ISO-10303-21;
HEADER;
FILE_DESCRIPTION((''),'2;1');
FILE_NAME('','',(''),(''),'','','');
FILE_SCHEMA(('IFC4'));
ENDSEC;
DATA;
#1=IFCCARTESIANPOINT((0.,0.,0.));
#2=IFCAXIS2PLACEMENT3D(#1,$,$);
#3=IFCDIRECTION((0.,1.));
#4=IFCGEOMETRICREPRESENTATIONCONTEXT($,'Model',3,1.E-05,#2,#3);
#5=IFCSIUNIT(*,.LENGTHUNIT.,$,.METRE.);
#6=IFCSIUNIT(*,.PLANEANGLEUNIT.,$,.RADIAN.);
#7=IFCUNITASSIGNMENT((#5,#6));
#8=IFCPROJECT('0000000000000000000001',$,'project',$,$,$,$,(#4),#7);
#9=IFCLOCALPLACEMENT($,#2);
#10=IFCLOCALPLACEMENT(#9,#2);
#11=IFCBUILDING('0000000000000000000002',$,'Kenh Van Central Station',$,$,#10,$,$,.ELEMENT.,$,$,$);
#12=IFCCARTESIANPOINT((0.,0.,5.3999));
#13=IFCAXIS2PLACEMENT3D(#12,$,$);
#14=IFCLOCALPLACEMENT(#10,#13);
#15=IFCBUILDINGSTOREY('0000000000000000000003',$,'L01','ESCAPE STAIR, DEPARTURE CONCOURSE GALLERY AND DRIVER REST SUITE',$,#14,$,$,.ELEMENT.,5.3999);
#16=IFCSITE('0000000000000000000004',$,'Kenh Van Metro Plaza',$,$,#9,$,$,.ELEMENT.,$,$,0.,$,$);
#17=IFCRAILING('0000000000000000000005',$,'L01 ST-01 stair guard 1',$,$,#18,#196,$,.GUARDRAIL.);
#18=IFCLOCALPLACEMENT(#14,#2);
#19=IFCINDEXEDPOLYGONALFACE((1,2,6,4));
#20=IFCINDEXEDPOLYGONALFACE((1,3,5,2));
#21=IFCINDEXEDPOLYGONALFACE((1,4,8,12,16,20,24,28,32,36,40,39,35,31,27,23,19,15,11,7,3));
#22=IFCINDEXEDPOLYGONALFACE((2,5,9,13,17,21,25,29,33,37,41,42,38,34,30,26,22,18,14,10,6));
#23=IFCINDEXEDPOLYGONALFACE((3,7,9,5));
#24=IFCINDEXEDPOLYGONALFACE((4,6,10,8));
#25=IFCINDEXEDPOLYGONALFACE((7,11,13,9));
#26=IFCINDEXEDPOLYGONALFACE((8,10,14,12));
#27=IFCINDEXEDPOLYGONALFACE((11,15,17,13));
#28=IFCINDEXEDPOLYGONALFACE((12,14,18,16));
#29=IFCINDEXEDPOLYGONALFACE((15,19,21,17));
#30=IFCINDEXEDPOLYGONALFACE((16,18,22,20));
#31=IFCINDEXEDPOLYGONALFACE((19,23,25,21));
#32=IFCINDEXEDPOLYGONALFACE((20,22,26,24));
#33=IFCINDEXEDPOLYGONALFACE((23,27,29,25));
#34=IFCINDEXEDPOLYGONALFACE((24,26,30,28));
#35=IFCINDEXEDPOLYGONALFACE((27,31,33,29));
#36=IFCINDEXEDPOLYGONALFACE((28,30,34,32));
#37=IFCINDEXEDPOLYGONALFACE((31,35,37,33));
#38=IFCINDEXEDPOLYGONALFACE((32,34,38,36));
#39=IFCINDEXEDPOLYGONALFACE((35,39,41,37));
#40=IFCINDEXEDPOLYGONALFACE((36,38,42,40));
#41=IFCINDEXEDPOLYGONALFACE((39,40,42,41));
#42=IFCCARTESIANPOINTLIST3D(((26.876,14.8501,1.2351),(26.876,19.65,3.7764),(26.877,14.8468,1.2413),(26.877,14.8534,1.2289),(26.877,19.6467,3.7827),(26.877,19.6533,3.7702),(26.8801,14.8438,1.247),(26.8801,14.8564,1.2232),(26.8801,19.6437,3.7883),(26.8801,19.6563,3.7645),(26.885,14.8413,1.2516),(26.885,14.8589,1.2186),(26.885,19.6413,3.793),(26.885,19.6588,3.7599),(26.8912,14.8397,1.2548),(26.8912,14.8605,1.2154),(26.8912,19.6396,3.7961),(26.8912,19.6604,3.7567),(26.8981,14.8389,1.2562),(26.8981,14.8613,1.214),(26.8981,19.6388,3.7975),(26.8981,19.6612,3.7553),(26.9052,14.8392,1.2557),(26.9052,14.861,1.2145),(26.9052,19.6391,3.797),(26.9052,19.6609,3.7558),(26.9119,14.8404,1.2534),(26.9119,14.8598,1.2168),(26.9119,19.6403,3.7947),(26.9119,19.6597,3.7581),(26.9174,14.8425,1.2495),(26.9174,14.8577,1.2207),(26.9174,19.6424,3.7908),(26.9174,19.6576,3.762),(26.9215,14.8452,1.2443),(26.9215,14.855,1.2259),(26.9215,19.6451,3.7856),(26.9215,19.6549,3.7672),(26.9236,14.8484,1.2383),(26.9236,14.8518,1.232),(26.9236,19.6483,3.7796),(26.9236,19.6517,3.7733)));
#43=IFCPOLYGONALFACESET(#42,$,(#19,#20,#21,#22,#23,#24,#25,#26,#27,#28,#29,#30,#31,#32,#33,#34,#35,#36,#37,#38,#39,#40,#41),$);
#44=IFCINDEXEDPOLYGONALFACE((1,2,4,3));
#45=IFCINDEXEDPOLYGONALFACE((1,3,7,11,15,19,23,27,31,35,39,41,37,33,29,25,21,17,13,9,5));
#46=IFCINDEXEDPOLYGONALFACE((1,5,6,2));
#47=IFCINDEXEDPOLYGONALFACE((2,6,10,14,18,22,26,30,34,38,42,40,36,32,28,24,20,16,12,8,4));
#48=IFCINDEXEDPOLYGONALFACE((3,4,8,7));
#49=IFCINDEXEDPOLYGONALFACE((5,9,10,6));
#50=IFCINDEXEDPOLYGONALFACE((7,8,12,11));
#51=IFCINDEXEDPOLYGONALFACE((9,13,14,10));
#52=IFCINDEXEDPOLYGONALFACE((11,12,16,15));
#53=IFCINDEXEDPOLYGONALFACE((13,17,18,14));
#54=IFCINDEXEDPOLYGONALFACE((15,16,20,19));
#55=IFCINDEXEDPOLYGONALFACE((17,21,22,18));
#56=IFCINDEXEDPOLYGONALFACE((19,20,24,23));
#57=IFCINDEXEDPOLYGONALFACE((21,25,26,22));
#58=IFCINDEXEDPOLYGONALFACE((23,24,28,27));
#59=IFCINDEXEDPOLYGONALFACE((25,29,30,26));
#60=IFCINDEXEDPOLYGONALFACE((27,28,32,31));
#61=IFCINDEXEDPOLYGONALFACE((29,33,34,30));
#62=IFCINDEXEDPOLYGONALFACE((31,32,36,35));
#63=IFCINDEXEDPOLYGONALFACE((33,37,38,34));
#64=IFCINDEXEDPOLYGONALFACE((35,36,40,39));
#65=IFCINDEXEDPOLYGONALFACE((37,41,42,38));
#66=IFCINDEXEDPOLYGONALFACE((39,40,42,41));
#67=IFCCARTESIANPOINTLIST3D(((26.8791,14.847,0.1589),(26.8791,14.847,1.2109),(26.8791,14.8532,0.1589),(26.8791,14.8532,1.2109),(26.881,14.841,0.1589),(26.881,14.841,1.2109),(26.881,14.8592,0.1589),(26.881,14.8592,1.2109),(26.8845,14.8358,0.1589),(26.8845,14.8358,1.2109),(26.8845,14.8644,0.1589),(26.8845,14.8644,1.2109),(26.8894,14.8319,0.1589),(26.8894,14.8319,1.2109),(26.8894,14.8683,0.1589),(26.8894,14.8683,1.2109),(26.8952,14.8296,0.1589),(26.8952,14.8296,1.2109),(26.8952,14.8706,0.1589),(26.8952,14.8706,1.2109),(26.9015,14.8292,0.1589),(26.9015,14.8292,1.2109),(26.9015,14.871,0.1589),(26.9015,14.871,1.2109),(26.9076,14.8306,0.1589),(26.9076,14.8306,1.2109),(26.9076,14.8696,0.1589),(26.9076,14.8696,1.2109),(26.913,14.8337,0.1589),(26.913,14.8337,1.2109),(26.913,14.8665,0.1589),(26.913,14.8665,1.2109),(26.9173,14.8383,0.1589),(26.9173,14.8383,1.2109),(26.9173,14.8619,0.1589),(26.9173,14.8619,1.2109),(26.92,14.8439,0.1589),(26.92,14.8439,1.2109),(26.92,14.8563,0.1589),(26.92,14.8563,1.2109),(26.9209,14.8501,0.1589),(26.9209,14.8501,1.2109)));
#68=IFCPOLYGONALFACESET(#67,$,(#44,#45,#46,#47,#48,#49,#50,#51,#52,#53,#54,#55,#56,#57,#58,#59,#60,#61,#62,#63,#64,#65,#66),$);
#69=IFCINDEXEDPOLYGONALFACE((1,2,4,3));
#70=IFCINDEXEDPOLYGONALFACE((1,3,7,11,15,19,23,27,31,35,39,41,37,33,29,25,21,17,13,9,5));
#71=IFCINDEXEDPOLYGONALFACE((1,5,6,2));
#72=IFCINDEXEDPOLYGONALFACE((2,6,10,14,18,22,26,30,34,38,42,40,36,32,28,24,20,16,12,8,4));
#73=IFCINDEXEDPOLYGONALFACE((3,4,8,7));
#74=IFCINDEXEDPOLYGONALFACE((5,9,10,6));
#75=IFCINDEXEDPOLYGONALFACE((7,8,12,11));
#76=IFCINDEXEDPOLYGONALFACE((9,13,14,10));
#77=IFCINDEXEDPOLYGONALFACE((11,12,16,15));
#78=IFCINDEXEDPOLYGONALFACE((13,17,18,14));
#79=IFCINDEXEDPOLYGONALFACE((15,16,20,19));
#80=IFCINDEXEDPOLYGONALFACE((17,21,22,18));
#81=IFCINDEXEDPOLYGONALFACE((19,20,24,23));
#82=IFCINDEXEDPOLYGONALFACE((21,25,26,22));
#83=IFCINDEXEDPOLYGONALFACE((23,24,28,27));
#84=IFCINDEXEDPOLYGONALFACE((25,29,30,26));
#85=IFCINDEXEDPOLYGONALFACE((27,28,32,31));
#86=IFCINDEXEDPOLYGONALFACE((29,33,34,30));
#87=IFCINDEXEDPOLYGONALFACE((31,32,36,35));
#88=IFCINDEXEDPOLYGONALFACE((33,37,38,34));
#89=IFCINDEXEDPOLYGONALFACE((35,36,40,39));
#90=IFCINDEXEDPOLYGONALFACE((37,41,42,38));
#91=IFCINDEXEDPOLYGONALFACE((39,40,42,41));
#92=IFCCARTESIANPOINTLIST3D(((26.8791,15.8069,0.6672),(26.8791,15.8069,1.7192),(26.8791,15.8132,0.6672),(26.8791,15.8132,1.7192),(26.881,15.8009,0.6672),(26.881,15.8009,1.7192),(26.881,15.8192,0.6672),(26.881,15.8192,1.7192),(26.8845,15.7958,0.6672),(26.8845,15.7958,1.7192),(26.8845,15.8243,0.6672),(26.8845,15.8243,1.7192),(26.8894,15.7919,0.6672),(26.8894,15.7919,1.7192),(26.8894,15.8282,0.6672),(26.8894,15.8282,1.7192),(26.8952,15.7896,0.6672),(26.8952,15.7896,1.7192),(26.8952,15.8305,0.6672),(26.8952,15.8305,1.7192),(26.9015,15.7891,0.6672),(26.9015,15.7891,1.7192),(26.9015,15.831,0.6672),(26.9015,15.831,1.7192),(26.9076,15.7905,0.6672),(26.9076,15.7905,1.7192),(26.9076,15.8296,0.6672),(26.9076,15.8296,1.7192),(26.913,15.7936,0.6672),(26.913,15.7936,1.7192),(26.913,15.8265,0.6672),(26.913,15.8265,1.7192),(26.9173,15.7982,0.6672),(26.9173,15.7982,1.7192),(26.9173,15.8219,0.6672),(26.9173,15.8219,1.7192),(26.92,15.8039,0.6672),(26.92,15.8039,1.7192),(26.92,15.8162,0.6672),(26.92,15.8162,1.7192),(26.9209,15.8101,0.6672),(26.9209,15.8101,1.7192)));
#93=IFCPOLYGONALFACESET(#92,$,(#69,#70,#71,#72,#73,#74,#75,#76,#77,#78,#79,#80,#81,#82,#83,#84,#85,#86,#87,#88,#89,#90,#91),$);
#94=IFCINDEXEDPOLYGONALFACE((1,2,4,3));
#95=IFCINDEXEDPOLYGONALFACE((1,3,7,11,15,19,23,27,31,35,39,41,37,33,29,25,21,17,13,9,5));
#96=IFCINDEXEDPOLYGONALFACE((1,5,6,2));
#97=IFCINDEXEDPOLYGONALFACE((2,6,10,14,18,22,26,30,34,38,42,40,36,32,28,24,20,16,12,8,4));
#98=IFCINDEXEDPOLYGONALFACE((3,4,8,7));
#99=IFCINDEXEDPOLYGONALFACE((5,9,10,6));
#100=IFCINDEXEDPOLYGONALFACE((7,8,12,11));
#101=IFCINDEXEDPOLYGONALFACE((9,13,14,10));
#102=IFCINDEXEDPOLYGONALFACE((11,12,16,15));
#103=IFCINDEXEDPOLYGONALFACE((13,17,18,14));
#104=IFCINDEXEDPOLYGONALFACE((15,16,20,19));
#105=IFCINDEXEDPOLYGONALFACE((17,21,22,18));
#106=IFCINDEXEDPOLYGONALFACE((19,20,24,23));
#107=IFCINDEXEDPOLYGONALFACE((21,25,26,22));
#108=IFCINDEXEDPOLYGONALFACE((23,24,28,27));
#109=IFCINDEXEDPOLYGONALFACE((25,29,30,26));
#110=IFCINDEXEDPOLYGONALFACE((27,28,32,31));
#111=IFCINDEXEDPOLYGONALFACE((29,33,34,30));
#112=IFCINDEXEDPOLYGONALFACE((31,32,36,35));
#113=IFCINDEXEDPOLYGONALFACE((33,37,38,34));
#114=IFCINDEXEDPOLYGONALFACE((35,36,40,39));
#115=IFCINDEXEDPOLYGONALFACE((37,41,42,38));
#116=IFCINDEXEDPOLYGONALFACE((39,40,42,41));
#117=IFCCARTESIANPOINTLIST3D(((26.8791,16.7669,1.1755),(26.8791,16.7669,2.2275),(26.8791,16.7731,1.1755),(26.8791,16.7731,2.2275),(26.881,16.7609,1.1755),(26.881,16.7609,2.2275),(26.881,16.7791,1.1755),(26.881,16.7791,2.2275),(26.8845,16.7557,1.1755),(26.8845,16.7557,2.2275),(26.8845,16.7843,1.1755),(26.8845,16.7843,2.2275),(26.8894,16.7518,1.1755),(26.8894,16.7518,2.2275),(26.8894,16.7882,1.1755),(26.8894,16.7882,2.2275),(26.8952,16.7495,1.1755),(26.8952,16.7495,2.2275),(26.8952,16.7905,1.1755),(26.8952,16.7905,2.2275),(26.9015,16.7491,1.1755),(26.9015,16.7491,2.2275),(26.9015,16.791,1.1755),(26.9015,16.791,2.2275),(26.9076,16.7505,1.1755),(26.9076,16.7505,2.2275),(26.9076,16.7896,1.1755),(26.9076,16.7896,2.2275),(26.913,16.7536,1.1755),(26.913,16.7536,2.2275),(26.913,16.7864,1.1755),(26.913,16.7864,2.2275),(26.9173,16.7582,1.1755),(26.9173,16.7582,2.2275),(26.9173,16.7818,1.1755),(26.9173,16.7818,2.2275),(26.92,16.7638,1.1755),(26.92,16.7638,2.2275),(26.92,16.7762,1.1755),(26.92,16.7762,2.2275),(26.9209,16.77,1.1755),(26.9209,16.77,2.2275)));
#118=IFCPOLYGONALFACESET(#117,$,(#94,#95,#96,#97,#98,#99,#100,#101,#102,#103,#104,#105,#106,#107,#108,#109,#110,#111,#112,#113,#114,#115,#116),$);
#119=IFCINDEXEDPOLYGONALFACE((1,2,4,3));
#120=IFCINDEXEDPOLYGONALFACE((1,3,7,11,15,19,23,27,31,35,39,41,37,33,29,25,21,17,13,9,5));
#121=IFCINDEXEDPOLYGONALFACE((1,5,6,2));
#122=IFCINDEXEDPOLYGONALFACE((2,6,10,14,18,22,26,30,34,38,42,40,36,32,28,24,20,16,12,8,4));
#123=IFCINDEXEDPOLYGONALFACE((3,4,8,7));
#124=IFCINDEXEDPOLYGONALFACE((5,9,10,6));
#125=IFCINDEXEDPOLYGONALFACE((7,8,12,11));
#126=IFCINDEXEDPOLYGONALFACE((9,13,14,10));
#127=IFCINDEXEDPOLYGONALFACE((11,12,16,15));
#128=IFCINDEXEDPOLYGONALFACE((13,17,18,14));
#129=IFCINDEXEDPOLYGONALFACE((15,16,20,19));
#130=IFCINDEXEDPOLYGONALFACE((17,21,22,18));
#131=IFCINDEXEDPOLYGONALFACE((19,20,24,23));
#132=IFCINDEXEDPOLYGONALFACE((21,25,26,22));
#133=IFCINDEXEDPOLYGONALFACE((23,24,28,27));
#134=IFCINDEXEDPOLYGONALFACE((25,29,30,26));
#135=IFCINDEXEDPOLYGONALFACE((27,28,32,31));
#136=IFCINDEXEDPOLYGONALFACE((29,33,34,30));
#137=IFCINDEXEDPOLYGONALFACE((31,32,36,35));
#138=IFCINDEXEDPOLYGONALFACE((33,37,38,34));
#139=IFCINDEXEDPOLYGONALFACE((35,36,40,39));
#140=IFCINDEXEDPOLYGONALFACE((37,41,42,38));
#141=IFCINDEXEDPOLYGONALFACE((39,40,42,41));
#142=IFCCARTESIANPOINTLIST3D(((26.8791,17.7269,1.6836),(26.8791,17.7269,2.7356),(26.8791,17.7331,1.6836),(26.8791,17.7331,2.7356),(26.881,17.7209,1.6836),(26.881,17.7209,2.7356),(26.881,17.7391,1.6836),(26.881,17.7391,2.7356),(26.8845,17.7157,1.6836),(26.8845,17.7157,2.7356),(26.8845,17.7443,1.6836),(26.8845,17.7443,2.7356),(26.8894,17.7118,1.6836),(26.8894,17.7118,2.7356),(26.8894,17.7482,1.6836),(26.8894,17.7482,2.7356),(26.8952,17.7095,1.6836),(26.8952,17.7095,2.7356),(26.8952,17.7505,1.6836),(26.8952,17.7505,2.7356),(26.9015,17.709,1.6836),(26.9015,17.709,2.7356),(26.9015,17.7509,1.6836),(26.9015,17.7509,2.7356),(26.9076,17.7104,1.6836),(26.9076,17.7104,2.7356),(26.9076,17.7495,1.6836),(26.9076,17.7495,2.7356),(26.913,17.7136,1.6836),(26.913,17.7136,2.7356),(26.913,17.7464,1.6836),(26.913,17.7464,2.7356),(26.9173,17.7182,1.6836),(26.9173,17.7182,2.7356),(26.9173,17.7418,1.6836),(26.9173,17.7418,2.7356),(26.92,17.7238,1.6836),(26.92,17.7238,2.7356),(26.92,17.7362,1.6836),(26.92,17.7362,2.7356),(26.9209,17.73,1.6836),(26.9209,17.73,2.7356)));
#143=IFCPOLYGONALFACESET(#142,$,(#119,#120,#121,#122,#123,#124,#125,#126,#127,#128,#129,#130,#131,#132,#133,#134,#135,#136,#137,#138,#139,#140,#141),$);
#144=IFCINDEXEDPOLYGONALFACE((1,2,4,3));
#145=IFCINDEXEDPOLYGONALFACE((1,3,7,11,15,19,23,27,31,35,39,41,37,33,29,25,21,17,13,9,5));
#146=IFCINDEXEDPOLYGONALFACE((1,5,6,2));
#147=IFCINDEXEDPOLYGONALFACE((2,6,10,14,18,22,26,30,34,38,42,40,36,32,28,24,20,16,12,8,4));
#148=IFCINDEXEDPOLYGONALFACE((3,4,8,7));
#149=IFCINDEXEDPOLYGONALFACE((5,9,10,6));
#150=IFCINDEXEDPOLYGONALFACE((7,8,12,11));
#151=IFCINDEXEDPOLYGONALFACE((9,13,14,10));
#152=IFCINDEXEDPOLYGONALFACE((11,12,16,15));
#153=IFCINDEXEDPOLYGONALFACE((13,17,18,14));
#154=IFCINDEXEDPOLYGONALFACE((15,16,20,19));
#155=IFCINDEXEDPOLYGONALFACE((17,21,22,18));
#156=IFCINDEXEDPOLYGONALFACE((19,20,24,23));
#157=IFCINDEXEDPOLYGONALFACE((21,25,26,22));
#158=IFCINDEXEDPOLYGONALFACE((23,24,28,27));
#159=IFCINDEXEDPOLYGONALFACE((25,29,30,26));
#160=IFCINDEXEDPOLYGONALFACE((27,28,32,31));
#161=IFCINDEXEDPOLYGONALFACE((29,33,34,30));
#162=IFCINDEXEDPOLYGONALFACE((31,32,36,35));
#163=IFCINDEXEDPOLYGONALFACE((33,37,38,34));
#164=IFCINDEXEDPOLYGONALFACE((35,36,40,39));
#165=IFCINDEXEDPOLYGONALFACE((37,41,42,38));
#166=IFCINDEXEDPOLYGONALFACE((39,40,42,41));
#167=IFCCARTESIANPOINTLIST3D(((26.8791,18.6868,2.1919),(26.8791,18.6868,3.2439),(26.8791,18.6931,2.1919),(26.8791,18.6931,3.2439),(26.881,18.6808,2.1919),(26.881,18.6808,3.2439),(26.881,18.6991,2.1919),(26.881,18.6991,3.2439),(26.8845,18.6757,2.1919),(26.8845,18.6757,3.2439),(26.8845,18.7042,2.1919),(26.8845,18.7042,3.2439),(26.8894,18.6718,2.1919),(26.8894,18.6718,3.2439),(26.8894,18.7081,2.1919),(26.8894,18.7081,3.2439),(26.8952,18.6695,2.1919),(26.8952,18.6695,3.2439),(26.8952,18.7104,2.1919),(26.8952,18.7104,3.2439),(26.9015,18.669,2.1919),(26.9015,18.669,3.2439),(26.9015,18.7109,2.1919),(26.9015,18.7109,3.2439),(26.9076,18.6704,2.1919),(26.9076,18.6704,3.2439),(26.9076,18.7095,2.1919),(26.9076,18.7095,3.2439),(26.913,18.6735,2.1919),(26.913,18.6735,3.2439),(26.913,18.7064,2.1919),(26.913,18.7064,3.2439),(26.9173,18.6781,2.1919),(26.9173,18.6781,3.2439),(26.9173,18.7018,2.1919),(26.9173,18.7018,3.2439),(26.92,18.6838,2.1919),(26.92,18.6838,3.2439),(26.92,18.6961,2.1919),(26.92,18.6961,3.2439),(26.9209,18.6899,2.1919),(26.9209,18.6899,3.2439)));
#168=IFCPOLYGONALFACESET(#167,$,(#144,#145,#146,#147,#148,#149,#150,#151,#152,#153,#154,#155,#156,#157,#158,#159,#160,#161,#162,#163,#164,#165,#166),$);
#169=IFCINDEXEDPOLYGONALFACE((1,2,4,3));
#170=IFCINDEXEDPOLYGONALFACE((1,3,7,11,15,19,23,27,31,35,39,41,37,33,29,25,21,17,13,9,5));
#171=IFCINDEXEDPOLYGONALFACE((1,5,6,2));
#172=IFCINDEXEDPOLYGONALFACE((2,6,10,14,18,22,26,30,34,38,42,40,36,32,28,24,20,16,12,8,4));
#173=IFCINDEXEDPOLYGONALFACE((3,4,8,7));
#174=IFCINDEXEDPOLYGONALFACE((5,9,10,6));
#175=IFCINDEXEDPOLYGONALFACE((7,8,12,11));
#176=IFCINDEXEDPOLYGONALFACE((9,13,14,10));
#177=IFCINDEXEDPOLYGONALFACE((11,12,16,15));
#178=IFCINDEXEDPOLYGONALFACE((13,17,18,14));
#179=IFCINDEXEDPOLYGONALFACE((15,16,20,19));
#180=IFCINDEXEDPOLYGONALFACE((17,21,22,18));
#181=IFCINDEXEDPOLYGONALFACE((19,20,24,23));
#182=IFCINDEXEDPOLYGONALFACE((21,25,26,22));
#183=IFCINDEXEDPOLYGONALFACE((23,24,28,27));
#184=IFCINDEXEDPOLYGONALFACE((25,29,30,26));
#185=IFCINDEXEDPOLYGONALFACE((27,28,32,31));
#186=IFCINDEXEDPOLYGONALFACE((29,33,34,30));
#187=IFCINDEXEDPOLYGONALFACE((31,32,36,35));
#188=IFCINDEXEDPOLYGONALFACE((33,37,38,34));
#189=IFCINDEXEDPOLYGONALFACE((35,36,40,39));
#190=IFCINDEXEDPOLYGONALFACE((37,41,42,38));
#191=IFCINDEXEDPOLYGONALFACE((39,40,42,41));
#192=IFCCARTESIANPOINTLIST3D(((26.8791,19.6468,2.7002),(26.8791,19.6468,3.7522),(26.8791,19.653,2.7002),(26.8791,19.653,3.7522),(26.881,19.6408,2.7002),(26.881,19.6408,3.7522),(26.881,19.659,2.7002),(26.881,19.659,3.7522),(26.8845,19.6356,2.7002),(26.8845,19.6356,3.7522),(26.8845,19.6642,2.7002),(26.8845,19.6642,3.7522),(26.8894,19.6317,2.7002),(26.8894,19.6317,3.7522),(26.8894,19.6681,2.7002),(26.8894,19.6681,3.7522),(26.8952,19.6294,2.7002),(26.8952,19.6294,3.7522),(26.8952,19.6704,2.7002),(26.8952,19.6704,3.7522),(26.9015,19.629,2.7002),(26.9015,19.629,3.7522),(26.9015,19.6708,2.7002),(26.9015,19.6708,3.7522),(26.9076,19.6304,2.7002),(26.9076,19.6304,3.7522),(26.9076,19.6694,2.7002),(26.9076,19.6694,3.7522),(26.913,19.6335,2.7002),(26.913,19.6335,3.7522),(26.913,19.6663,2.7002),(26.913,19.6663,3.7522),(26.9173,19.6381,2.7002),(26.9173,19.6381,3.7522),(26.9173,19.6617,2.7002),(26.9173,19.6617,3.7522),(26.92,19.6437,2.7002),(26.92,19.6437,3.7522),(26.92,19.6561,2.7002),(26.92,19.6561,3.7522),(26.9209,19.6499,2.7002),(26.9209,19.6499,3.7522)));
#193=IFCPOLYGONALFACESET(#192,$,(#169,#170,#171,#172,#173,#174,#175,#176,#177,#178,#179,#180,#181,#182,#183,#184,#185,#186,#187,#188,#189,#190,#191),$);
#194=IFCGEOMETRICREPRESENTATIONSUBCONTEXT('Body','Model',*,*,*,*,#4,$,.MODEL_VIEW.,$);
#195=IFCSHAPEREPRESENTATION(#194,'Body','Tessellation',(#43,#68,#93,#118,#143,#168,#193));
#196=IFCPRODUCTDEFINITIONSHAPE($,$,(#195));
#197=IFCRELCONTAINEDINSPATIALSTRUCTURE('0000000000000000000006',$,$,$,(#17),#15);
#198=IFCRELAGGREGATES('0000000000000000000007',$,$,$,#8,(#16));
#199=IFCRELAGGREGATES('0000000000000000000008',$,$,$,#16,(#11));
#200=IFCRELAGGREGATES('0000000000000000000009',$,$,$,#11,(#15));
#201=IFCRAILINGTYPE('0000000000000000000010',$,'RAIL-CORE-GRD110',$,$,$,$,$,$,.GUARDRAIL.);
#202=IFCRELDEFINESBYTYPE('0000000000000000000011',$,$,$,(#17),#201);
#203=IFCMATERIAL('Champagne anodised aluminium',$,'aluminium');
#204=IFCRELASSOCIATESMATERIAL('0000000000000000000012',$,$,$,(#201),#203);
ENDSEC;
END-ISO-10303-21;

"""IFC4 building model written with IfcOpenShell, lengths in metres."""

from ifc_helpers import new_model, si_unit, direction, frame, origin, origin_2d, place, context, subcontext, project, spatial, circle, extrude, material, type_object, element, save


model = new_model("IFC4")

# Units and contexts
model_context = context("Model", 3, precision=1e-05, world=origin(), true_north=direction((0.0, 1.0)))
body_context = subcontext(model_context, "Body", "Model", "MODEL_VIEW")
ifc_project = project(units=[si_unit("LENGTHUNIT", "METRE"), si_unit("PLANEANGLEUNIT", "RADIAN")], contexts=[model_context])

# Site, building, storey
site_placement = place(None, origin())
site = spatial("IfcSite", under=ifc_project, at=site_placement, Name="Kenh Van Metro Plaza", CompositionType="ELEMENT", RefElevation=0.0)
building_placement = place(site_placement, origin())
building = spatial("IfcBuilding", under=site, at=building_placement, Name="Kenh Van Central Station", CompositionType="ELEMENT")
storey_placement = place(building_placement, frame((0.0, 0.0, 5.3999)))
storey = spatial("IfcBuildingStorey", under=building, at=storey_placement, Name="L01", Description="ESCAPE STAIR, DEPARTURE CONCOURSE GALLERY AND DRIVER REST SUITE", CompositionType="ELEMENT", Elevation=5.3999)

# Shared definitions
ifc_material_1 = material(Name="Champagne anodised aluminium", Category="aluminium")

# Railing
railing_type_1 = type_object("IfcRailingType", Name="RAIL-CORE-GRD110", PredefinedType="GUARDRAIL", material=ifc_material_1)
railing_1_placement = place(storey_placement, frame((26.8999, 14.8501, 0.1589)))
element("IfcRailing", 1, at=railing_1_placement, inside=storey, type_object=railing_type_1, Name="L01 ST-01 stair guard 1", PredefinedType="GUARDRAIL", context=body_context, shape_type="SweptSolid", body=[
    extrude(circle(Radius=0.0239, at=origin_2d()), frame((0.0, 0.0, 1.0762), z_axis=(0.0, 0.883774, 0.467915), x_axis=(-1.0, 0.0, 0.0)), (0.0, 0.0, 1.0), 5.4312),
    extrude(circle(Radius=0.021, at=origin_2d()), origin(), (0.0, 0.0, 1.0), 1.052),
    extrude(circle(Radius=0.021, at=origin_2d()), frame((0.0, 0.96, 0.5083)), (0.0, 0.0, 1.0), 1.052),
    extrude(circle(Radius=0.021, at=origin_2d()), frame((0.0, 1.9199, 1.0166)), (0.0, 0.0, 1.0), 1.052),
    extrude(circle(Radius=0.021, at=origin_2d()), frame((0.0, 2.8799, 1.5247)), (0.0, 0.0, 1.0), 1.052),
    extrude(circle(Radius=0.021, at=origin_2d()), frame((0.0, 3.8398, 2.033)), (0.0, 0.0, 1.0), 1.052),
    extrude(circle(Radius=0.021, at=origin_2d()), frame((0.0, 4.7998, 2.5413)), (0.0, 0.0, 1.0), 1.052),
])

save(model, "model.ifc")
